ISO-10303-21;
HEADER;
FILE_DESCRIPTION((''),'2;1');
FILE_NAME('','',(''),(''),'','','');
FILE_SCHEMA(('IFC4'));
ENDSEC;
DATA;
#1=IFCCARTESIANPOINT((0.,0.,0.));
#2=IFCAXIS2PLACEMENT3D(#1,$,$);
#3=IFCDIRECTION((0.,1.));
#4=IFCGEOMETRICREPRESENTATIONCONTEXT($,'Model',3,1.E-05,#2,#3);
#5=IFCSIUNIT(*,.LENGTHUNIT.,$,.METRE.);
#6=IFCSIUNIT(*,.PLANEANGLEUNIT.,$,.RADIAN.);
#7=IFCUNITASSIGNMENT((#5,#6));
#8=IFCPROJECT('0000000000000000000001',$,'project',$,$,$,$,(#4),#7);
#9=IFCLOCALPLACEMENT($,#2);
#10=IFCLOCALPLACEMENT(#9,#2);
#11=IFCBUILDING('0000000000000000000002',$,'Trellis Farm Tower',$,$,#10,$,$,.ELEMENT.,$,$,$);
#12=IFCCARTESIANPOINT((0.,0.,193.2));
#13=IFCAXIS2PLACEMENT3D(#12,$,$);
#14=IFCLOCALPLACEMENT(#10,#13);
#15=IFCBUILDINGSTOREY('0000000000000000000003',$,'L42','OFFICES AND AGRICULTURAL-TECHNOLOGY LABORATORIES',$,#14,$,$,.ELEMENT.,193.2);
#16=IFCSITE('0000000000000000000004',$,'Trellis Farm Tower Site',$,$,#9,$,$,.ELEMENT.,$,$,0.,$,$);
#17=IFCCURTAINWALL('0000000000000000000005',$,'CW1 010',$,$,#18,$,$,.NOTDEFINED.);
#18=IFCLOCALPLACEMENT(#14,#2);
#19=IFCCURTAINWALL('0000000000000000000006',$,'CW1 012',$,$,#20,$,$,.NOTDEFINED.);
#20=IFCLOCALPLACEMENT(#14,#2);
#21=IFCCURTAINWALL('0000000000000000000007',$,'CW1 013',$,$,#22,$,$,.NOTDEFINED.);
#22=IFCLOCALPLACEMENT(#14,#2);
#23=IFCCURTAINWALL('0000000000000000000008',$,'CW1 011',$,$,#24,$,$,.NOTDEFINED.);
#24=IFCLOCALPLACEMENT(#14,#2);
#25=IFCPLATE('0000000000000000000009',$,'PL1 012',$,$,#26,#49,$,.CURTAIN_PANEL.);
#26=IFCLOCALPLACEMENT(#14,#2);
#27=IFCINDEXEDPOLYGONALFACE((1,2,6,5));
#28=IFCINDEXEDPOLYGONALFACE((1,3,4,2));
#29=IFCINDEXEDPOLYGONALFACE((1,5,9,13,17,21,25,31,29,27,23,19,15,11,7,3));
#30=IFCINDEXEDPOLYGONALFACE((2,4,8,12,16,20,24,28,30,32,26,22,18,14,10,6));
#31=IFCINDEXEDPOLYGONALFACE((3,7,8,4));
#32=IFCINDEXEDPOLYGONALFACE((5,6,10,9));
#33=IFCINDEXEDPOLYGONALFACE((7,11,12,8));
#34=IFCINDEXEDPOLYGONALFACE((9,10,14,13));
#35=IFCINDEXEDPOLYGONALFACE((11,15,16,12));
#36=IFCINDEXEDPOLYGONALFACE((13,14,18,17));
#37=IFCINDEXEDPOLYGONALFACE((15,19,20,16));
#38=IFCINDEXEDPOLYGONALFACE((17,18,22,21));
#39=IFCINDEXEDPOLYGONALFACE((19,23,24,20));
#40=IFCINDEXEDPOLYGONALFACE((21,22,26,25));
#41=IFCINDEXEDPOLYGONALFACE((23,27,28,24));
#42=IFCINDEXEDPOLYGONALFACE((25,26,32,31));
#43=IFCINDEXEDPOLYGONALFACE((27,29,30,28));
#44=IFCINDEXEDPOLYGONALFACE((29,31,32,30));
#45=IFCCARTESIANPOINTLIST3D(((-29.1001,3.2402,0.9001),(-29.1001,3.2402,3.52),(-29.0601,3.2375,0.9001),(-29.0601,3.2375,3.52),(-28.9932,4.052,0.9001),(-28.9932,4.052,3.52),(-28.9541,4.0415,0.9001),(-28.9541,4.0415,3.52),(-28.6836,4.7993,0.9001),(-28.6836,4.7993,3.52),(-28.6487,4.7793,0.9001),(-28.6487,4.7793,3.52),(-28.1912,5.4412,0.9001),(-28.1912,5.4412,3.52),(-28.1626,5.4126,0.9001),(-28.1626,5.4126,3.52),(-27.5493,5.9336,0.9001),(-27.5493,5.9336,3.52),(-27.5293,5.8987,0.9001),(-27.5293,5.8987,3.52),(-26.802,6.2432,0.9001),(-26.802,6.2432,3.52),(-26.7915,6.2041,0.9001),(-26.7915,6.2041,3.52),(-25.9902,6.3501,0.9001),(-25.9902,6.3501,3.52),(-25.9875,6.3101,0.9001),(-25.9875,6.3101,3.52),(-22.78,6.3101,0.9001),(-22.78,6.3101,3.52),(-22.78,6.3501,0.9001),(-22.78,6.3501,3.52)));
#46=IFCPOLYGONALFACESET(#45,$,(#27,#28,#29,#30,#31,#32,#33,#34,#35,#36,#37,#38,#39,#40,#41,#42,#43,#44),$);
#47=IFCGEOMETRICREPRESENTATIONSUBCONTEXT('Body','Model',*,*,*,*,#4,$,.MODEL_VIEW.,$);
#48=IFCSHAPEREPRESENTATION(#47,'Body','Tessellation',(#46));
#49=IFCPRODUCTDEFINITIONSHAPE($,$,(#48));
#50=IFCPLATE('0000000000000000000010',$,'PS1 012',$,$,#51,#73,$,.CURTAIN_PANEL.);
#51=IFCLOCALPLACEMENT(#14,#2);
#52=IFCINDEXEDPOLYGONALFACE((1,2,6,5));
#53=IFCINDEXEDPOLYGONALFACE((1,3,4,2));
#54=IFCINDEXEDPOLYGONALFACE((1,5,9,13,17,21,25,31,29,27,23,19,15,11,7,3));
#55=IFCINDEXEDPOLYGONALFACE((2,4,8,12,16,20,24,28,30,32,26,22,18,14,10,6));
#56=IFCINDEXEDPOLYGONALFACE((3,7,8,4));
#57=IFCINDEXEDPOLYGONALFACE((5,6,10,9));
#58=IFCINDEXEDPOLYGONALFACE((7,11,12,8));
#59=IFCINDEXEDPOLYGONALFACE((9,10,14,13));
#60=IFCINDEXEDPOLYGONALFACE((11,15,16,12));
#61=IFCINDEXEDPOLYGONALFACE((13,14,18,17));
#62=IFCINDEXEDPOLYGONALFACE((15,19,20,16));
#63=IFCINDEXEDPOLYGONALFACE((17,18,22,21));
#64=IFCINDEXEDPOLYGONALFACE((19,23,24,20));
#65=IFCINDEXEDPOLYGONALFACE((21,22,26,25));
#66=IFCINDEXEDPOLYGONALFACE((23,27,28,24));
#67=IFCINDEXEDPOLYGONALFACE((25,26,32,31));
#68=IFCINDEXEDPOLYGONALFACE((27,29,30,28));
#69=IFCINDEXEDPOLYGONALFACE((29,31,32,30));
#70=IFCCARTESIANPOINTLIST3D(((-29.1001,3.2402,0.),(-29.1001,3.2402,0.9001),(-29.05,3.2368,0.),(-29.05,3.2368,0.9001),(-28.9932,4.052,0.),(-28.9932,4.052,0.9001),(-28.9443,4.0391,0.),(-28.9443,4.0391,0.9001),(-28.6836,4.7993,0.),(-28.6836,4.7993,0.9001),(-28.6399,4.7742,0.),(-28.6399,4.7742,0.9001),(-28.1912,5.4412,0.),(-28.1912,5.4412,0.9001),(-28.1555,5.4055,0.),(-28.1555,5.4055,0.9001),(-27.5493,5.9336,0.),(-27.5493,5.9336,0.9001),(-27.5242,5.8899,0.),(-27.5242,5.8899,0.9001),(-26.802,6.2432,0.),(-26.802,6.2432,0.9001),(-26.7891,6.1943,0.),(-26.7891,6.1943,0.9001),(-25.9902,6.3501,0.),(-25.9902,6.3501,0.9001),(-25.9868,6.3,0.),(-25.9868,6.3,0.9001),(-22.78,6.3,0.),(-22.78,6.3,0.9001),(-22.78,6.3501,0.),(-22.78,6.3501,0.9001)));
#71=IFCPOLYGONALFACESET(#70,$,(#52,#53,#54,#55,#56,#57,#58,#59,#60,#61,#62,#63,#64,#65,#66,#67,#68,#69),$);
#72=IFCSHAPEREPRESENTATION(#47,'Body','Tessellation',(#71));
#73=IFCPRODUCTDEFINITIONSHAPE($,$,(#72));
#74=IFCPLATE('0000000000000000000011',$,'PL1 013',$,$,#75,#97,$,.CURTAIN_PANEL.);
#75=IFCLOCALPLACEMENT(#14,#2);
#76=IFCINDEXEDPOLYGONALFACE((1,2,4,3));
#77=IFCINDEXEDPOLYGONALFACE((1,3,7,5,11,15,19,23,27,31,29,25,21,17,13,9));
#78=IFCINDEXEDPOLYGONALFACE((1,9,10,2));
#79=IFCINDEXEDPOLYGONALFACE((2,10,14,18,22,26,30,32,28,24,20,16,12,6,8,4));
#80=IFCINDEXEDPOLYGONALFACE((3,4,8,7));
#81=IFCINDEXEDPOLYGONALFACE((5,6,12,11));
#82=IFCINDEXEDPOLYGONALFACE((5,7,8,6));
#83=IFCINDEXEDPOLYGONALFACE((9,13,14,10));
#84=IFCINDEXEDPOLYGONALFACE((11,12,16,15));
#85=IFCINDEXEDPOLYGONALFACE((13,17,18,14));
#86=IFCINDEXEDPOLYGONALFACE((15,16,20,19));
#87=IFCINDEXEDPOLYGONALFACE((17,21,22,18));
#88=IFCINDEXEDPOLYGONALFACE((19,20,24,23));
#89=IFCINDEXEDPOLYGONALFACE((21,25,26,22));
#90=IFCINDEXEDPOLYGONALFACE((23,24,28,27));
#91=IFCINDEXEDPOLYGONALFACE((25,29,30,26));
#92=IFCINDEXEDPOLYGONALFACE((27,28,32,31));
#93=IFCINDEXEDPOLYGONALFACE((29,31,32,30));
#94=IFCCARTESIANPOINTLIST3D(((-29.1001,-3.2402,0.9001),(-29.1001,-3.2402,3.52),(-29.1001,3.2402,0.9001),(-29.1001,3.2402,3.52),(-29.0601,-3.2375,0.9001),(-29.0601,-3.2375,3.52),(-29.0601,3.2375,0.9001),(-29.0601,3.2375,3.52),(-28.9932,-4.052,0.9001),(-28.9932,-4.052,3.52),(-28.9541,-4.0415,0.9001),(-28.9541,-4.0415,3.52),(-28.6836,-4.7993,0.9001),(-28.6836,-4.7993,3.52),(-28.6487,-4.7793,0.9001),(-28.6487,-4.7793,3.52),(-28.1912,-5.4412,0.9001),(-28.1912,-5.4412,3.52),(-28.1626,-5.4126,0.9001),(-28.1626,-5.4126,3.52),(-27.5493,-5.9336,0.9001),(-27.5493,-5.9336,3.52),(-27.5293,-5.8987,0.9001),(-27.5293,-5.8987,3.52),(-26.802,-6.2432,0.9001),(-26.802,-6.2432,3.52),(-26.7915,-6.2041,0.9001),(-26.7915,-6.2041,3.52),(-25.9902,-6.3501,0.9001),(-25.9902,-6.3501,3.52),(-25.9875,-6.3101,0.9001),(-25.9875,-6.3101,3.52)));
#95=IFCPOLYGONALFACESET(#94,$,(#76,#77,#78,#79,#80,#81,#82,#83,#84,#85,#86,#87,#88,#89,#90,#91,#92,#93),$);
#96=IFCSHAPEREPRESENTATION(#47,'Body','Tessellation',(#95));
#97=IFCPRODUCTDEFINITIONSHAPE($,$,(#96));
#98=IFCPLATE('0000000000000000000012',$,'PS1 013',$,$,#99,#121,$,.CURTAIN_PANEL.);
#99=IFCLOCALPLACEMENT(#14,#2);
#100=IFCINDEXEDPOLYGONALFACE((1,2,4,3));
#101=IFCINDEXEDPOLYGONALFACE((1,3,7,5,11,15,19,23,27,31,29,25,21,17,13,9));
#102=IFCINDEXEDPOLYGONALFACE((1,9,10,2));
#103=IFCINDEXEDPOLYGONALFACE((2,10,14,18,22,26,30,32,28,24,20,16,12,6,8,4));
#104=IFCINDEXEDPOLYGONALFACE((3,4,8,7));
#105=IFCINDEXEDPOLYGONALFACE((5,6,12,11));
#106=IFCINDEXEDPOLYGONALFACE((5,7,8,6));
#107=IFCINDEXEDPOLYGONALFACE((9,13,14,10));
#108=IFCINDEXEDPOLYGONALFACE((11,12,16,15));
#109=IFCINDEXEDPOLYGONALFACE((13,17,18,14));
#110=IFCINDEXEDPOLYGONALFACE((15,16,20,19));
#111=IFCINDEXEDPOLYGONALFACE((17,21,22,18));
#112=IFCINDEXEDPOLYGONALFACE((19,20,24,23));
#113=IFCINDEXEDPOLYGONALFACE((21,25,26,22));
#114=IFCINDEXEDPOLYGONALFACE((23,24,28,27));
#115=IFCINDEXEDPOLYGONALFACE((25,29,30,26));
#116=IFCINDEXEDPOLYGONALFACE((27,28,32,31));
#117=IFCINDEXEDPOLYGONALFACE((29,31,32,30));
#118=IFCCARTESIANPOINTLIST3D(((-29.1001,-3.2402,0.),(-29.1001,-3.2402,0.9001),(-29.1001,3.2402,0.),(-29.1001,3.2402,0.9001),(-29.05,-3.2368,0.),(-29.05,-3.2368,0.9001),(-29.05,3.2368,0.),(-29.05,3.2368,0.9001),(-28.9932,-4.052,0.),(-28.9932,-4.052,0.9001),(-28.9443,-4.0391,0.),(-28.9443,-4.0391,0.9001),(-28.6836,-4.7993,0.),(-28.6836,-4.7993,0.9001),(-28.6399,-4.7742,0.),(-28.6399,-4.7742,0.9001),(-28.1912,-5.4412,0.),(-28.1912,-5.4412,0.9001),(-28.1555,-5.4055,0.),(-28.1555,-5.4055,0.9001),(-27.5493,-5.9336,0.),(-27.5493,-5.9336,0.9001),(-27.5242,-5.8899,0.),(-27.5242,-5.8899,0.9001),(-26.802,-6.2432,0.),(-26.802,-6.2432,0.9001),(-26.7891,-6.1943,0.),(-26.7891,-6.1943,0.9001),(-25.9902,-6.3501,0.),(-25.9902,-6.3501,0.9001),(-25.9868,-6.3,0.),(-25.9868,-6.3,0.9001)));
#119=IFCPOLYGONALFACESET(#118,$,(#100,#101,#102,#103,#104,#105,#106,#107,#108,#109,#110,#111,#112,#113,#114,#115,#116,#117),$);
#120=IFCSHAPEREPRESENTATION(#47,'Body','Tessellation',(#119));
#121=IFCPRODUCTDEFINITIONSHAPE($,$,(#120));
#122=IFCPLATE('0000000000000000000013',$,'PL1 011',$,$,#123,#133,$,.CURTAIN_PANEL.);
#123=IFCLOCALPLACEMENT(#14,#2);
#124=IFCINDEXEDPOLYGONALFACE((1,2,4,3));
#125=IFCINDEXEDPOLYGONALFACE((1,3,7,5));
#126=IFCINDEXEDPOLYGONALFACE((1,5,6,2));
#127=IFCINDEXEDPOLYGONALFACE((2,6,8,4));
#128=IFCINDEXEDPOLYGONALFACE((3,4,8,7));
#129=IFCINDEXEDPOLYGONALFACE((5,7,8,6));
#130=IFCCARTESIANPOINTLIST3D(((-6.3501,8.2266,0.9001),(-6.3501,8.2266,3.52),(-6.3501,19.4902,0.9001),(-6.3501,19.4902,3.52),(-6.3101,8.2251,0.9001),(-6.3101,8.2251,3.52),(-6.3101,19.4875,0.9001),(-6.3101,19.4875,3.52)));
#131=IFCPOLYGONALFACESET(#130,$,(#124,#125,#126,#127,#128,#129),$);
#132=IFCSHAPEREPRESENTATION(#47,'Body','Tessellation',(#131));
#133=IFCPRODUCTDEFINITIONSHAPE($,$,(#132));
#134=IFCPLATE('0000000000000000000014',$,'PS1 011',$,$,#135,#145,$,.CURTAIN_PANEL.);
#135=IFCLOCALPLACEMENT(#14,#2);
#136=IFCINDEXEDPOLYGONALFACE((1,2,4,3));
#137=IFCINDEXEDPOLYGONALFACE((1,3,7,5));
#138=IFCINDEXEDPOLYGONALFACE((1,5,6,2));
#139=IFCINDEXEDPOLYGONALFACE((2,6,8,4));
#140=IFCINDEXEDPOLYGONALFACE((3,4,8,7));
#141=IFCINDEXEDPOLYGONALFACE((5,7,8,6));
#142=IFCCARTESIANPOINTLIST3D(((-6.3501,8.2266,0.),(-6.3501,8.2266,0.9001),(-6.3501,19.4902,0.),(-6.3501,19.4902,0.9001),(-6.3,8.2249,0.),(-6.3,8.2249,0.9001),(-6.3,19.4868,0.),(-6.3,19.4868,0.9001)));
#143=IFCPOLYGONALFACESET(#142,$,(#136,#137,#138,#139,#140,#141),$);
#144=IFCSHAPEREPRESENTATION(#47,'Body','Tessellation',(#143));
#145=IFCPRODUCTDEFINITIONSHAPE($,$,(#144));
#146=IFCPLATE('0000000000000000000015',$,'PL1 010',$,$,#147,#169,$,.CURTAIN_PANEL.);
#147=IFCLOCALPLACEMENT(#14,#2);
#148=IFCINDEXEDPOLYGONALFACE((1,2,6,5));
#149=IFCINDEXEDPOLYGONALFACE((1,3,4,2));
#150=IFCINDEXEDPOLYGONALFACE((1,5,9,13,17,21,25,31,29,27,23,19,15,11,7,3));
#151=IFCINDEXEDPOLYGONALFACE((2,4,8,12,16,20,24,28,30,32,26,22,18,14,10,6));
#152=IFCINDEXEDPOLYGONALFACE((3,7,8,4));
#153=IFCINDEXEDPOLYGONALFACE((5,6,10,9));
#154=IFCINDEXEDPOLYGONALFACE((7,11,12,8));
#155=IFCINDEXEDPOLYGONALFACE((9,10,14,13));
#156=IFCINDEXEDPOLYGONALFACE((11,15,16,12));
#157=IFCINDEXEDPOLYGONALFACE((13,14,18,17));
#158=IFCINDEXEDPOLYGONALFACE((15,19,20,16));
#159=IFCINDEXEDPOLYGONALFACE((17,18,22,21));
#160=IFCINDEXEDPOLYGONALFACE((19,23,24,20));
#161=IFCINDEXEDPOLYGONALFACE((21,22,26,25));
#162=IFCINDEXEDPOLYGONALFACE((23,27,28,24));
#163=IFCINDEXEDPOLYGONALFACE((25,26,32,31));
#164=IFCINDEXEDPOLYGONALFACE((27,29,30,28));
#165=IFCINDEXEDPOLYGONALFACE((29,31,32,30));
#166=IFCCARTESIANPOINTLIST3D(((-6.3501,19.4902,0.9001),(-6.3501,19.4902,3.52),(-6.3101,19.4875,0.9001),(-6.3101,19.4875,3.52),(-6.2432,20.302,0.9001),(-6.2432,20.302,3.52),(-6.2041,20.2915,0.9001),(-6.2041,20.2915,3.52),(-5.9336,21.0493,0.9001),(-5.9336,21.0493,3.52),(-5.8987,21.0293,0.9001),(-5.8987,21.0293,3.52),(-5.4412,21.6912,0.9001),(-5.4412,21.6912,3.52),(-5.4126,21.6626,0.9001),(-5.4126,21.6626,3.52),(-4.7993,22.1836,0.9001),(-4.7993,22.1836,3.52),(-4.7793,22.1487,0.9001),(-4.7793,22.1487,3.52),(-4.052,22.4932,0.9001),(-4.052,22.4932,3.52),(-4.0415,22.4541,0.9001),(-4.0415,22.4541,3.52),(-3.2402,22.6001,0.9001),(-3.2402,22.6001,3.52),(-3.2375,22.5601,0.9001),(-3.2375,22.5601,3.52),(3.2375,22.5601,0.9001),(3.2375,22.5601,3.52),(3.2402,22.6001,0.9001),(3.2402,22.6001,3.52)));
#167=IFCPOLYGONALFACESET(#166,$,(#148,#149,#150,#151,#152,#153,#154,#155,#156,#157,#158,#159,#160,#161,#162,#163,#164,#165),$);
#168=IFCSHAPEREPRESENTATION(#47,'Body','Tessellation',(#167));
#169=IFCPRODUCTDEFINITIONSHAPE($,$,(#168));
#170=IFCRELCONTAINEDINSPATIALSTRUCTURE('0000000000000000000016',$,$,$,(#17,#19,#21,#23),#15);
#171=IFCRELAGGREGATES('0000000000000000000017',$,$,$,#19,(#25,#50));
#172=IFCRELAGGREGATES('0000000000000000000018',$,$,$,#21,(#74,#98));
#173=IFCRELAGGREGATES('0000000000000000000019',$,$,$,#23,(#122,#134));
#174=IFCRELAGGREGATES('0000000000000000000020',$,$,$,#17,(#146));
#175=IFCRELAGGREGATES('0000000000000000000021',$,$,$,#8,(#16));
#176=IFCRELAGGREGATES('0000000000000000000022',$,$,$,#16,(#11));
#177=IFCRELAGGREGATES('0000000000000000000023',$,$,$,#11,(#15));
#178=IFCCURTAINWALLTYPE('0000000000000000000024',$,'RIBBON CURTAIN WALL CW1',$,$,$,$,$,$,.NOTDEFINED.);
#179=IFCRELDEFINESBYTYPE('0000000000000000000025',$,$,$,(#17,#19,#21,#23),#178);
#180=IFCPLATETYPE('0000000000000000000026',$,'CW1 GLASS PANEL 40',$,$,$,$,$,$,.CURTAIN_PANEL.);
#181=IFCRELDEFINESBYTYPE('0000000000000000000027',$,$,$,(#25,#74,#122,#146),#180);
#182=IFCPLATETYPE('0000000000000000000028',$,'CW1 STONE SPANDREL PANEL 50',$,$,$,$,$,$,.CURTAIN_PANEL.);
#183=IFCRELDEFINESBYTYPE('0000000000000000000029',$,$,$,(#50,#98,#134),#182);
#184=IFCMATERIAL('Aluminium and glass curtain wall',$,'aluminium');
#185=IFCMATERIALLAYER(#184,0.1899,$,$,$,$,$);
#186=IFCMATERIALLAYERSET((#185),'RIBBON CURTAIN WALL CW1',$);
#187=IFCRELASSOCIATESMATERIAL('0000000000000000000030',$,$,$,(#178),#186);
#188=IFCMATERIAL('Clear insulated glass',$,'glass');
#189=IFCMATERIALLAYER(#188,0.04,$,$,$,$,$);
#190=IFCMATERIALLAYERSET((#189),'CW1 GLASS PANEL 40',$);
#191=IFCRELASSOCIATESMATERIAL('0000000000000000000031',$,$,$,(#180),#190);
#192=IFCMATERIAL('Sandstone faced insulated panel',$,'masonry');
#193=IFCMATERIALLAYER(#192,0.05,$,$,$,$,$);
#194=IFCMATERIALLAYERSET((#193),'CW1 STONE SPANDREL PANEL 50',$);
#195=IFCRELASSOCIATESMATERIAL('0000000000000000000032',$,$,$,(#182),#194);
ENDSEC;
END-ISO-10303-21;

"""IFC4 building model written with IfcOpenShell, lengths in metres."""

from ifc_helpers import new_model, si_unit, direction, frame, origin, place, context, subcontext, project, spatial, polyline, outline, extrude, source, transform, mapped, material, layer, layer_set, type_object, element, aggregate, save


model = new_model("IFC4")

# Units and contexts
model_context = context("Model", 3, precision=1e-05, world=origin(), true_north=direction((0.0, 1.0)))
body_context = subcontext(model_context, "Body", "Model", "MODEL_VIEW")
ifc_project = project(units=[si_unit("LENGTHUNIT", "METRE"), si_unit("PLANEANGLEUNIT", "RADIAN")], contexts=[model_context])

# Site, building, storey
site_placement = place(None, origin())
site = spatial("IfcSite", under=ifc_project, at=site_placement, Name="Trellis Farm Tower Site", CompositionType="ELEMENT", RefElevation=0.0)
building_placement = place(site_placement, origin())
building = spatial("IfcBuilding", under=site, at=building_placement, Name="Trellis Farm Tower", CompositionType="ELEMENT")
storey_placement = place(building_placement, frame((0.0, 0.0, 193.2)))
storey = spatial("IfcBuildingStorey", under=building, at=storey_placement, Name="L42", Description="OFFICES AND AGRICULTURAL-TECHNOLOGY LABORATORIES", CompositionType="ELEMENT", Elevation=193.2)

# Curtain walls
ifc_material_1 = material(Name="Aluminium and glass curtain wall", Category="aluminium")
placement_1 = place(storey_placement, origin())
ifc_layer_1 = layer(ifc_material_1, 0.1899)
ifc_layer_set_1 = layer_set([ifc_layer_1], Name="RIBBON CURTAIN WALL CW1")
curtain_wall_type_1 = type_object("IfcCurtainWallType", Name="RIBBON CURTAIN WALL CW1", PredefinedType="NOTDEFINED", material=ifc_layer_set_1)
curtain_wall_1 = element("IfcCurtainWall", 1, at=placement_1, inside=storey, type_object=curtain_wall_type_1, Name="CW1 010", PredefinedType="NOTDEFINED")
curtain_wall_2 = element("IfcCurtainWall", 2, at=placement_1, inside=storey, type_object=curtain_wall_type_1, Name="CW1 012", PredefinedType="NOTDEFINED")
curtain_wall_3 = element("IfcCurtainWall", 3, at=placement_1, inside=storey, type_object=curtain_wall_type_1, Name="CW1 013", PredefinedType="NOTDEFINED")

# Curtain wall
curtain_wall_4 = element("IfcCurtainWall", 4, at=placement_1, inside=storey, type_object=curtain_wall_type_1, Name="CW1 011", PredefinedType="NOTDEFINED")

# Plates
ifc_material_2 = material(Name="Clear insulated glass", Category="glass")
ifc_layer_2 = layer(ifc_material_2, 0.04)
ifc_layer_set_2 = layer_set([ifc_layer_2], Name="CW1 GLASS PANEL 40")
plate_type_1 = type_object("IfcPlateType", Name="CW1 GLASS PANEL 40", PredefinedType="CURTAIN_PANEL", material=ifc_layer_set_2)
shared_shape_1 = source(origin(), body_context, "Body", "SweptSolid", [
    extrude(outline(polyline([(-22.78, 6.3501), (-25.9902, 6.3501), (-26.802, 6.2432), (-27.5493, 5.9336), (-28.1912, 5.4412), (-28.6836, 4.7993), (-28.9932, 4.052), (-29.1001, 3.2402), (-29.0601, 3.2375), (-28.9541, 4.0415), (-28.6487, 4.7793), (-28.1626, 5.4126), (-27.5293, 5.8987), (-26.7915, 6.2041), (-25.9875, 6.3101), (-22.78, 6.3101), (-22.78, 6.3501)])), origin(), (0.0, 0.0, 1.0), 2.6199),
])
placement_2 = place(storey_placement, frame((0.0, 0.0, 0.9001)))
plate_1 = element("IfcPlate", 5, at=placement_2, type_object=plate_type_1, Name="PL1 012", PredefinedType="CURTAIN_PANEL", context=body_context, shape_type="MappedRepresentation", body=[
    mapped(shared_shape_1, transform((0.0, 0.0, 0.0))),
])
ifc_material_3 = material(Name="Sandstone faced insulated panel", Category="masonry")
ifc_layer_3 = layer(ifc_material_3, 0.05)
ifc_layer_set_3 = layer_set([ifc_layer_3], Name="CW1 STONE SPANDREL PANEL 50")
plate_type_2 = type_object("IfcPlateType", Name="CW1 STONE SPANDREL PANEL 50", PredefinedType="CURTAIN_PANEL", material=ifc_layer_set_3)
shared_shape_2 = source(origin(), body_context, "Body", "SweptSolid", [
    extrude(outline(polyline([(-22.78, 6.3501), (-25.9902, 6.3501), (-26.802, 6.2432), (-27.5493, 5.9336), (-28.1912, 5.4412), (-28.6836, 4.7993), (-28.9932, 4.052), (-29.1001, 3.2402), (-29.05, 3.2368), (-28.9443, 4.0391), (-28.6399, 4.7742), (-28.1555, 5.4055), (-27.5242, 5.8899), (-26.7891, 6.1943), (-25.9868, 6.3), (-22.78, 6.3), (-22.78, 6.3501)])), origin(), (0.0, 0.0, 1.0), 0.9001),
])
plate_2 = element("IfcPlate", 6, at=placement_1, type_object=plate_type_2, Name="PS1 012", PredefinedType="CURTAIN_PANEL", context=body_context, shape_type="MappedRepresentation", body=[
    mapped(shared_shape_2, transform((0.0, 0.0, 0.0))),
])
aggregate(curtain_wall_2, [plate_1, plate_2])
shared_shape_3 = source(origin(), body_context, "Body", "SweptSolid", [
    extrude(outline(polyline([(-29.1001, 3.2402), (-29.1001, -3.2402), (-28.9932, -4.052), (-28.6836, -4.7993), (-28.1912, -5.4412), (-27.5493, -5.9336), (-26.802, -6.2432), (-25.9902, -6.3501), (-25.9875, -6.3101), (-26.7915, -6.2041), (-27.5293, -5.8987), (-28.1626, -5.4126), (-28.6487, -4.7793), (-28.9541, -4.0415), (-29.0601, -3.2375), (-29.0601, 3.2375), (-29.1001, 3.2402)])), origin(), (0.0, 0.0, 1.0), 2.6199),
])
plate_3 = element("IfcPlate", 7, at=placement_2, type_object=plate_type_1, Name="PL1 013", PredefinedType="CURTAIN_PANEL", context=body_context, shape_type="MappedRepresentation", body=[
    mapped(shared_shape_3, transform((0.0, 0.0, 0.0))),
])
shared_shape_4 = source(origin(), body_context, "Body", "SweptSolid", [
    extrude(outline(polyline([(-29.1001, 3.2402), (-29.1001, -3.2402), (-28.9932, -4.052), (-28.6836, -4.7993), (-28.1912, -5.4412), (-27.5493, -5.9336), (-26.802, -6.2432), (-25.9902, -6.3501), (-25.9868, -6.3), (-26.7891, -6.1943), (-27.5242, -5.8899), (-28.1555, -5.4055), (-28.6399, -4.7742), (-28.9443, -4.0391), (-29.05, -3.2368), (-29.05, 3.2368), (-29.1001, 3.2402)])), origin(), (0.0, 0.0, 1.0), 0.9001),
])
plate_4 = element("IfcPlate", 8, at=placement_1, type_object=plate_type_2, Name="PS1 013", PredefinedType="CURTAIN_PANEL", context=body_context, shape_type="MappedRepresentation", body=[
    mapped(shared_shape_4, transform((0.0, 0.0, 0.0))),
])
aggregate(curtain_wall_3, [plate_3, plate_4])
shared_shape_5 = source(origin(), body_context, "Body", "SweptSolid", [
    extrude(outline(polyline([(-6.3501, 19.4902), (-6.3501, 8.2266), (-6.3101, 8.2251), (-6.3101, 19.4875), (-6.3501, 19.4902)])), origin(), (0.0, 0.0, 1.0), 2.6199),
])
plate_5 = element("IfcPlate", 9, at=placement_2, type_object=plate_type_1, Name="PL1 011", PredefinedType="CURTAIN_PANEL", context=body_context, shape_type="MappedRepresentation", body=[
    mapped(shared_shape_5, transform((0.0, 0.0, 0.0))),
])
shared_shape_6 = source(origin(), body_context, "Body", "SweptSolid", [
    extrude(outline(polyline([(-6.3501, 19.4902), (-6.3501, 8.2266), (-6.3, 8.2249), (-6.3, 19.4868), (-6.3501, 19.4902)])), origin(), (0.0, 0.0, 1.0), 0.9001),
])
plate_6 = element("IfcPlate", 10, at=placement_1, type_object=plate_type_2, Name="PS1 011", PredefinedType="CURTAIN_PANEL", context=body_context, shape_type="MappedRepresentation", body=[
    mapped(shared_shape_6, transform((0.0, 0.0, 0.0))),
])
aggregate(curtain_wall_4, [plate_5, plate_6])
shared_shape_7 = source(origin(), body_context, "Body", "SweptSolid", [
    extrude(outline(polyline([(3.2402, 22.6001), (-3.2402, 22.6001), (-4.052, 22.4932), (-4.7993, 22.1836), (-5.4412, 21.6912), (-5.9336, 21.0493), (-6.2432, 20.302), (-6.3501, 19.4902), (-6.3101, 19.4875), (-6.2041, 20.2915), (-5.8987, 21.0293), (-5.4126, 21.6626), (-4.7793, 22.1487), (-4.0415, 22.4541), (-3.2375, 22.5601), (3.2375, 22.5601), (3.2402, 22.6001)])), origin(), (0.0, 0.0, 1.0), 2.6199),
])
plate_7 = element("IfcPlate", 11, at=placement_2, type_object=plate_type_1, Name="PL1 010", PredefinedType="CURTAIN_PANEL", context=body_context, shape_type="MappedRepresentation", body=[
    mapped(shared_shape_7, transform((0.0, 0.0, 0.0))),
])
aggregate(curtain_wall_1, [plate_7])

save(model, "model.ifc")
